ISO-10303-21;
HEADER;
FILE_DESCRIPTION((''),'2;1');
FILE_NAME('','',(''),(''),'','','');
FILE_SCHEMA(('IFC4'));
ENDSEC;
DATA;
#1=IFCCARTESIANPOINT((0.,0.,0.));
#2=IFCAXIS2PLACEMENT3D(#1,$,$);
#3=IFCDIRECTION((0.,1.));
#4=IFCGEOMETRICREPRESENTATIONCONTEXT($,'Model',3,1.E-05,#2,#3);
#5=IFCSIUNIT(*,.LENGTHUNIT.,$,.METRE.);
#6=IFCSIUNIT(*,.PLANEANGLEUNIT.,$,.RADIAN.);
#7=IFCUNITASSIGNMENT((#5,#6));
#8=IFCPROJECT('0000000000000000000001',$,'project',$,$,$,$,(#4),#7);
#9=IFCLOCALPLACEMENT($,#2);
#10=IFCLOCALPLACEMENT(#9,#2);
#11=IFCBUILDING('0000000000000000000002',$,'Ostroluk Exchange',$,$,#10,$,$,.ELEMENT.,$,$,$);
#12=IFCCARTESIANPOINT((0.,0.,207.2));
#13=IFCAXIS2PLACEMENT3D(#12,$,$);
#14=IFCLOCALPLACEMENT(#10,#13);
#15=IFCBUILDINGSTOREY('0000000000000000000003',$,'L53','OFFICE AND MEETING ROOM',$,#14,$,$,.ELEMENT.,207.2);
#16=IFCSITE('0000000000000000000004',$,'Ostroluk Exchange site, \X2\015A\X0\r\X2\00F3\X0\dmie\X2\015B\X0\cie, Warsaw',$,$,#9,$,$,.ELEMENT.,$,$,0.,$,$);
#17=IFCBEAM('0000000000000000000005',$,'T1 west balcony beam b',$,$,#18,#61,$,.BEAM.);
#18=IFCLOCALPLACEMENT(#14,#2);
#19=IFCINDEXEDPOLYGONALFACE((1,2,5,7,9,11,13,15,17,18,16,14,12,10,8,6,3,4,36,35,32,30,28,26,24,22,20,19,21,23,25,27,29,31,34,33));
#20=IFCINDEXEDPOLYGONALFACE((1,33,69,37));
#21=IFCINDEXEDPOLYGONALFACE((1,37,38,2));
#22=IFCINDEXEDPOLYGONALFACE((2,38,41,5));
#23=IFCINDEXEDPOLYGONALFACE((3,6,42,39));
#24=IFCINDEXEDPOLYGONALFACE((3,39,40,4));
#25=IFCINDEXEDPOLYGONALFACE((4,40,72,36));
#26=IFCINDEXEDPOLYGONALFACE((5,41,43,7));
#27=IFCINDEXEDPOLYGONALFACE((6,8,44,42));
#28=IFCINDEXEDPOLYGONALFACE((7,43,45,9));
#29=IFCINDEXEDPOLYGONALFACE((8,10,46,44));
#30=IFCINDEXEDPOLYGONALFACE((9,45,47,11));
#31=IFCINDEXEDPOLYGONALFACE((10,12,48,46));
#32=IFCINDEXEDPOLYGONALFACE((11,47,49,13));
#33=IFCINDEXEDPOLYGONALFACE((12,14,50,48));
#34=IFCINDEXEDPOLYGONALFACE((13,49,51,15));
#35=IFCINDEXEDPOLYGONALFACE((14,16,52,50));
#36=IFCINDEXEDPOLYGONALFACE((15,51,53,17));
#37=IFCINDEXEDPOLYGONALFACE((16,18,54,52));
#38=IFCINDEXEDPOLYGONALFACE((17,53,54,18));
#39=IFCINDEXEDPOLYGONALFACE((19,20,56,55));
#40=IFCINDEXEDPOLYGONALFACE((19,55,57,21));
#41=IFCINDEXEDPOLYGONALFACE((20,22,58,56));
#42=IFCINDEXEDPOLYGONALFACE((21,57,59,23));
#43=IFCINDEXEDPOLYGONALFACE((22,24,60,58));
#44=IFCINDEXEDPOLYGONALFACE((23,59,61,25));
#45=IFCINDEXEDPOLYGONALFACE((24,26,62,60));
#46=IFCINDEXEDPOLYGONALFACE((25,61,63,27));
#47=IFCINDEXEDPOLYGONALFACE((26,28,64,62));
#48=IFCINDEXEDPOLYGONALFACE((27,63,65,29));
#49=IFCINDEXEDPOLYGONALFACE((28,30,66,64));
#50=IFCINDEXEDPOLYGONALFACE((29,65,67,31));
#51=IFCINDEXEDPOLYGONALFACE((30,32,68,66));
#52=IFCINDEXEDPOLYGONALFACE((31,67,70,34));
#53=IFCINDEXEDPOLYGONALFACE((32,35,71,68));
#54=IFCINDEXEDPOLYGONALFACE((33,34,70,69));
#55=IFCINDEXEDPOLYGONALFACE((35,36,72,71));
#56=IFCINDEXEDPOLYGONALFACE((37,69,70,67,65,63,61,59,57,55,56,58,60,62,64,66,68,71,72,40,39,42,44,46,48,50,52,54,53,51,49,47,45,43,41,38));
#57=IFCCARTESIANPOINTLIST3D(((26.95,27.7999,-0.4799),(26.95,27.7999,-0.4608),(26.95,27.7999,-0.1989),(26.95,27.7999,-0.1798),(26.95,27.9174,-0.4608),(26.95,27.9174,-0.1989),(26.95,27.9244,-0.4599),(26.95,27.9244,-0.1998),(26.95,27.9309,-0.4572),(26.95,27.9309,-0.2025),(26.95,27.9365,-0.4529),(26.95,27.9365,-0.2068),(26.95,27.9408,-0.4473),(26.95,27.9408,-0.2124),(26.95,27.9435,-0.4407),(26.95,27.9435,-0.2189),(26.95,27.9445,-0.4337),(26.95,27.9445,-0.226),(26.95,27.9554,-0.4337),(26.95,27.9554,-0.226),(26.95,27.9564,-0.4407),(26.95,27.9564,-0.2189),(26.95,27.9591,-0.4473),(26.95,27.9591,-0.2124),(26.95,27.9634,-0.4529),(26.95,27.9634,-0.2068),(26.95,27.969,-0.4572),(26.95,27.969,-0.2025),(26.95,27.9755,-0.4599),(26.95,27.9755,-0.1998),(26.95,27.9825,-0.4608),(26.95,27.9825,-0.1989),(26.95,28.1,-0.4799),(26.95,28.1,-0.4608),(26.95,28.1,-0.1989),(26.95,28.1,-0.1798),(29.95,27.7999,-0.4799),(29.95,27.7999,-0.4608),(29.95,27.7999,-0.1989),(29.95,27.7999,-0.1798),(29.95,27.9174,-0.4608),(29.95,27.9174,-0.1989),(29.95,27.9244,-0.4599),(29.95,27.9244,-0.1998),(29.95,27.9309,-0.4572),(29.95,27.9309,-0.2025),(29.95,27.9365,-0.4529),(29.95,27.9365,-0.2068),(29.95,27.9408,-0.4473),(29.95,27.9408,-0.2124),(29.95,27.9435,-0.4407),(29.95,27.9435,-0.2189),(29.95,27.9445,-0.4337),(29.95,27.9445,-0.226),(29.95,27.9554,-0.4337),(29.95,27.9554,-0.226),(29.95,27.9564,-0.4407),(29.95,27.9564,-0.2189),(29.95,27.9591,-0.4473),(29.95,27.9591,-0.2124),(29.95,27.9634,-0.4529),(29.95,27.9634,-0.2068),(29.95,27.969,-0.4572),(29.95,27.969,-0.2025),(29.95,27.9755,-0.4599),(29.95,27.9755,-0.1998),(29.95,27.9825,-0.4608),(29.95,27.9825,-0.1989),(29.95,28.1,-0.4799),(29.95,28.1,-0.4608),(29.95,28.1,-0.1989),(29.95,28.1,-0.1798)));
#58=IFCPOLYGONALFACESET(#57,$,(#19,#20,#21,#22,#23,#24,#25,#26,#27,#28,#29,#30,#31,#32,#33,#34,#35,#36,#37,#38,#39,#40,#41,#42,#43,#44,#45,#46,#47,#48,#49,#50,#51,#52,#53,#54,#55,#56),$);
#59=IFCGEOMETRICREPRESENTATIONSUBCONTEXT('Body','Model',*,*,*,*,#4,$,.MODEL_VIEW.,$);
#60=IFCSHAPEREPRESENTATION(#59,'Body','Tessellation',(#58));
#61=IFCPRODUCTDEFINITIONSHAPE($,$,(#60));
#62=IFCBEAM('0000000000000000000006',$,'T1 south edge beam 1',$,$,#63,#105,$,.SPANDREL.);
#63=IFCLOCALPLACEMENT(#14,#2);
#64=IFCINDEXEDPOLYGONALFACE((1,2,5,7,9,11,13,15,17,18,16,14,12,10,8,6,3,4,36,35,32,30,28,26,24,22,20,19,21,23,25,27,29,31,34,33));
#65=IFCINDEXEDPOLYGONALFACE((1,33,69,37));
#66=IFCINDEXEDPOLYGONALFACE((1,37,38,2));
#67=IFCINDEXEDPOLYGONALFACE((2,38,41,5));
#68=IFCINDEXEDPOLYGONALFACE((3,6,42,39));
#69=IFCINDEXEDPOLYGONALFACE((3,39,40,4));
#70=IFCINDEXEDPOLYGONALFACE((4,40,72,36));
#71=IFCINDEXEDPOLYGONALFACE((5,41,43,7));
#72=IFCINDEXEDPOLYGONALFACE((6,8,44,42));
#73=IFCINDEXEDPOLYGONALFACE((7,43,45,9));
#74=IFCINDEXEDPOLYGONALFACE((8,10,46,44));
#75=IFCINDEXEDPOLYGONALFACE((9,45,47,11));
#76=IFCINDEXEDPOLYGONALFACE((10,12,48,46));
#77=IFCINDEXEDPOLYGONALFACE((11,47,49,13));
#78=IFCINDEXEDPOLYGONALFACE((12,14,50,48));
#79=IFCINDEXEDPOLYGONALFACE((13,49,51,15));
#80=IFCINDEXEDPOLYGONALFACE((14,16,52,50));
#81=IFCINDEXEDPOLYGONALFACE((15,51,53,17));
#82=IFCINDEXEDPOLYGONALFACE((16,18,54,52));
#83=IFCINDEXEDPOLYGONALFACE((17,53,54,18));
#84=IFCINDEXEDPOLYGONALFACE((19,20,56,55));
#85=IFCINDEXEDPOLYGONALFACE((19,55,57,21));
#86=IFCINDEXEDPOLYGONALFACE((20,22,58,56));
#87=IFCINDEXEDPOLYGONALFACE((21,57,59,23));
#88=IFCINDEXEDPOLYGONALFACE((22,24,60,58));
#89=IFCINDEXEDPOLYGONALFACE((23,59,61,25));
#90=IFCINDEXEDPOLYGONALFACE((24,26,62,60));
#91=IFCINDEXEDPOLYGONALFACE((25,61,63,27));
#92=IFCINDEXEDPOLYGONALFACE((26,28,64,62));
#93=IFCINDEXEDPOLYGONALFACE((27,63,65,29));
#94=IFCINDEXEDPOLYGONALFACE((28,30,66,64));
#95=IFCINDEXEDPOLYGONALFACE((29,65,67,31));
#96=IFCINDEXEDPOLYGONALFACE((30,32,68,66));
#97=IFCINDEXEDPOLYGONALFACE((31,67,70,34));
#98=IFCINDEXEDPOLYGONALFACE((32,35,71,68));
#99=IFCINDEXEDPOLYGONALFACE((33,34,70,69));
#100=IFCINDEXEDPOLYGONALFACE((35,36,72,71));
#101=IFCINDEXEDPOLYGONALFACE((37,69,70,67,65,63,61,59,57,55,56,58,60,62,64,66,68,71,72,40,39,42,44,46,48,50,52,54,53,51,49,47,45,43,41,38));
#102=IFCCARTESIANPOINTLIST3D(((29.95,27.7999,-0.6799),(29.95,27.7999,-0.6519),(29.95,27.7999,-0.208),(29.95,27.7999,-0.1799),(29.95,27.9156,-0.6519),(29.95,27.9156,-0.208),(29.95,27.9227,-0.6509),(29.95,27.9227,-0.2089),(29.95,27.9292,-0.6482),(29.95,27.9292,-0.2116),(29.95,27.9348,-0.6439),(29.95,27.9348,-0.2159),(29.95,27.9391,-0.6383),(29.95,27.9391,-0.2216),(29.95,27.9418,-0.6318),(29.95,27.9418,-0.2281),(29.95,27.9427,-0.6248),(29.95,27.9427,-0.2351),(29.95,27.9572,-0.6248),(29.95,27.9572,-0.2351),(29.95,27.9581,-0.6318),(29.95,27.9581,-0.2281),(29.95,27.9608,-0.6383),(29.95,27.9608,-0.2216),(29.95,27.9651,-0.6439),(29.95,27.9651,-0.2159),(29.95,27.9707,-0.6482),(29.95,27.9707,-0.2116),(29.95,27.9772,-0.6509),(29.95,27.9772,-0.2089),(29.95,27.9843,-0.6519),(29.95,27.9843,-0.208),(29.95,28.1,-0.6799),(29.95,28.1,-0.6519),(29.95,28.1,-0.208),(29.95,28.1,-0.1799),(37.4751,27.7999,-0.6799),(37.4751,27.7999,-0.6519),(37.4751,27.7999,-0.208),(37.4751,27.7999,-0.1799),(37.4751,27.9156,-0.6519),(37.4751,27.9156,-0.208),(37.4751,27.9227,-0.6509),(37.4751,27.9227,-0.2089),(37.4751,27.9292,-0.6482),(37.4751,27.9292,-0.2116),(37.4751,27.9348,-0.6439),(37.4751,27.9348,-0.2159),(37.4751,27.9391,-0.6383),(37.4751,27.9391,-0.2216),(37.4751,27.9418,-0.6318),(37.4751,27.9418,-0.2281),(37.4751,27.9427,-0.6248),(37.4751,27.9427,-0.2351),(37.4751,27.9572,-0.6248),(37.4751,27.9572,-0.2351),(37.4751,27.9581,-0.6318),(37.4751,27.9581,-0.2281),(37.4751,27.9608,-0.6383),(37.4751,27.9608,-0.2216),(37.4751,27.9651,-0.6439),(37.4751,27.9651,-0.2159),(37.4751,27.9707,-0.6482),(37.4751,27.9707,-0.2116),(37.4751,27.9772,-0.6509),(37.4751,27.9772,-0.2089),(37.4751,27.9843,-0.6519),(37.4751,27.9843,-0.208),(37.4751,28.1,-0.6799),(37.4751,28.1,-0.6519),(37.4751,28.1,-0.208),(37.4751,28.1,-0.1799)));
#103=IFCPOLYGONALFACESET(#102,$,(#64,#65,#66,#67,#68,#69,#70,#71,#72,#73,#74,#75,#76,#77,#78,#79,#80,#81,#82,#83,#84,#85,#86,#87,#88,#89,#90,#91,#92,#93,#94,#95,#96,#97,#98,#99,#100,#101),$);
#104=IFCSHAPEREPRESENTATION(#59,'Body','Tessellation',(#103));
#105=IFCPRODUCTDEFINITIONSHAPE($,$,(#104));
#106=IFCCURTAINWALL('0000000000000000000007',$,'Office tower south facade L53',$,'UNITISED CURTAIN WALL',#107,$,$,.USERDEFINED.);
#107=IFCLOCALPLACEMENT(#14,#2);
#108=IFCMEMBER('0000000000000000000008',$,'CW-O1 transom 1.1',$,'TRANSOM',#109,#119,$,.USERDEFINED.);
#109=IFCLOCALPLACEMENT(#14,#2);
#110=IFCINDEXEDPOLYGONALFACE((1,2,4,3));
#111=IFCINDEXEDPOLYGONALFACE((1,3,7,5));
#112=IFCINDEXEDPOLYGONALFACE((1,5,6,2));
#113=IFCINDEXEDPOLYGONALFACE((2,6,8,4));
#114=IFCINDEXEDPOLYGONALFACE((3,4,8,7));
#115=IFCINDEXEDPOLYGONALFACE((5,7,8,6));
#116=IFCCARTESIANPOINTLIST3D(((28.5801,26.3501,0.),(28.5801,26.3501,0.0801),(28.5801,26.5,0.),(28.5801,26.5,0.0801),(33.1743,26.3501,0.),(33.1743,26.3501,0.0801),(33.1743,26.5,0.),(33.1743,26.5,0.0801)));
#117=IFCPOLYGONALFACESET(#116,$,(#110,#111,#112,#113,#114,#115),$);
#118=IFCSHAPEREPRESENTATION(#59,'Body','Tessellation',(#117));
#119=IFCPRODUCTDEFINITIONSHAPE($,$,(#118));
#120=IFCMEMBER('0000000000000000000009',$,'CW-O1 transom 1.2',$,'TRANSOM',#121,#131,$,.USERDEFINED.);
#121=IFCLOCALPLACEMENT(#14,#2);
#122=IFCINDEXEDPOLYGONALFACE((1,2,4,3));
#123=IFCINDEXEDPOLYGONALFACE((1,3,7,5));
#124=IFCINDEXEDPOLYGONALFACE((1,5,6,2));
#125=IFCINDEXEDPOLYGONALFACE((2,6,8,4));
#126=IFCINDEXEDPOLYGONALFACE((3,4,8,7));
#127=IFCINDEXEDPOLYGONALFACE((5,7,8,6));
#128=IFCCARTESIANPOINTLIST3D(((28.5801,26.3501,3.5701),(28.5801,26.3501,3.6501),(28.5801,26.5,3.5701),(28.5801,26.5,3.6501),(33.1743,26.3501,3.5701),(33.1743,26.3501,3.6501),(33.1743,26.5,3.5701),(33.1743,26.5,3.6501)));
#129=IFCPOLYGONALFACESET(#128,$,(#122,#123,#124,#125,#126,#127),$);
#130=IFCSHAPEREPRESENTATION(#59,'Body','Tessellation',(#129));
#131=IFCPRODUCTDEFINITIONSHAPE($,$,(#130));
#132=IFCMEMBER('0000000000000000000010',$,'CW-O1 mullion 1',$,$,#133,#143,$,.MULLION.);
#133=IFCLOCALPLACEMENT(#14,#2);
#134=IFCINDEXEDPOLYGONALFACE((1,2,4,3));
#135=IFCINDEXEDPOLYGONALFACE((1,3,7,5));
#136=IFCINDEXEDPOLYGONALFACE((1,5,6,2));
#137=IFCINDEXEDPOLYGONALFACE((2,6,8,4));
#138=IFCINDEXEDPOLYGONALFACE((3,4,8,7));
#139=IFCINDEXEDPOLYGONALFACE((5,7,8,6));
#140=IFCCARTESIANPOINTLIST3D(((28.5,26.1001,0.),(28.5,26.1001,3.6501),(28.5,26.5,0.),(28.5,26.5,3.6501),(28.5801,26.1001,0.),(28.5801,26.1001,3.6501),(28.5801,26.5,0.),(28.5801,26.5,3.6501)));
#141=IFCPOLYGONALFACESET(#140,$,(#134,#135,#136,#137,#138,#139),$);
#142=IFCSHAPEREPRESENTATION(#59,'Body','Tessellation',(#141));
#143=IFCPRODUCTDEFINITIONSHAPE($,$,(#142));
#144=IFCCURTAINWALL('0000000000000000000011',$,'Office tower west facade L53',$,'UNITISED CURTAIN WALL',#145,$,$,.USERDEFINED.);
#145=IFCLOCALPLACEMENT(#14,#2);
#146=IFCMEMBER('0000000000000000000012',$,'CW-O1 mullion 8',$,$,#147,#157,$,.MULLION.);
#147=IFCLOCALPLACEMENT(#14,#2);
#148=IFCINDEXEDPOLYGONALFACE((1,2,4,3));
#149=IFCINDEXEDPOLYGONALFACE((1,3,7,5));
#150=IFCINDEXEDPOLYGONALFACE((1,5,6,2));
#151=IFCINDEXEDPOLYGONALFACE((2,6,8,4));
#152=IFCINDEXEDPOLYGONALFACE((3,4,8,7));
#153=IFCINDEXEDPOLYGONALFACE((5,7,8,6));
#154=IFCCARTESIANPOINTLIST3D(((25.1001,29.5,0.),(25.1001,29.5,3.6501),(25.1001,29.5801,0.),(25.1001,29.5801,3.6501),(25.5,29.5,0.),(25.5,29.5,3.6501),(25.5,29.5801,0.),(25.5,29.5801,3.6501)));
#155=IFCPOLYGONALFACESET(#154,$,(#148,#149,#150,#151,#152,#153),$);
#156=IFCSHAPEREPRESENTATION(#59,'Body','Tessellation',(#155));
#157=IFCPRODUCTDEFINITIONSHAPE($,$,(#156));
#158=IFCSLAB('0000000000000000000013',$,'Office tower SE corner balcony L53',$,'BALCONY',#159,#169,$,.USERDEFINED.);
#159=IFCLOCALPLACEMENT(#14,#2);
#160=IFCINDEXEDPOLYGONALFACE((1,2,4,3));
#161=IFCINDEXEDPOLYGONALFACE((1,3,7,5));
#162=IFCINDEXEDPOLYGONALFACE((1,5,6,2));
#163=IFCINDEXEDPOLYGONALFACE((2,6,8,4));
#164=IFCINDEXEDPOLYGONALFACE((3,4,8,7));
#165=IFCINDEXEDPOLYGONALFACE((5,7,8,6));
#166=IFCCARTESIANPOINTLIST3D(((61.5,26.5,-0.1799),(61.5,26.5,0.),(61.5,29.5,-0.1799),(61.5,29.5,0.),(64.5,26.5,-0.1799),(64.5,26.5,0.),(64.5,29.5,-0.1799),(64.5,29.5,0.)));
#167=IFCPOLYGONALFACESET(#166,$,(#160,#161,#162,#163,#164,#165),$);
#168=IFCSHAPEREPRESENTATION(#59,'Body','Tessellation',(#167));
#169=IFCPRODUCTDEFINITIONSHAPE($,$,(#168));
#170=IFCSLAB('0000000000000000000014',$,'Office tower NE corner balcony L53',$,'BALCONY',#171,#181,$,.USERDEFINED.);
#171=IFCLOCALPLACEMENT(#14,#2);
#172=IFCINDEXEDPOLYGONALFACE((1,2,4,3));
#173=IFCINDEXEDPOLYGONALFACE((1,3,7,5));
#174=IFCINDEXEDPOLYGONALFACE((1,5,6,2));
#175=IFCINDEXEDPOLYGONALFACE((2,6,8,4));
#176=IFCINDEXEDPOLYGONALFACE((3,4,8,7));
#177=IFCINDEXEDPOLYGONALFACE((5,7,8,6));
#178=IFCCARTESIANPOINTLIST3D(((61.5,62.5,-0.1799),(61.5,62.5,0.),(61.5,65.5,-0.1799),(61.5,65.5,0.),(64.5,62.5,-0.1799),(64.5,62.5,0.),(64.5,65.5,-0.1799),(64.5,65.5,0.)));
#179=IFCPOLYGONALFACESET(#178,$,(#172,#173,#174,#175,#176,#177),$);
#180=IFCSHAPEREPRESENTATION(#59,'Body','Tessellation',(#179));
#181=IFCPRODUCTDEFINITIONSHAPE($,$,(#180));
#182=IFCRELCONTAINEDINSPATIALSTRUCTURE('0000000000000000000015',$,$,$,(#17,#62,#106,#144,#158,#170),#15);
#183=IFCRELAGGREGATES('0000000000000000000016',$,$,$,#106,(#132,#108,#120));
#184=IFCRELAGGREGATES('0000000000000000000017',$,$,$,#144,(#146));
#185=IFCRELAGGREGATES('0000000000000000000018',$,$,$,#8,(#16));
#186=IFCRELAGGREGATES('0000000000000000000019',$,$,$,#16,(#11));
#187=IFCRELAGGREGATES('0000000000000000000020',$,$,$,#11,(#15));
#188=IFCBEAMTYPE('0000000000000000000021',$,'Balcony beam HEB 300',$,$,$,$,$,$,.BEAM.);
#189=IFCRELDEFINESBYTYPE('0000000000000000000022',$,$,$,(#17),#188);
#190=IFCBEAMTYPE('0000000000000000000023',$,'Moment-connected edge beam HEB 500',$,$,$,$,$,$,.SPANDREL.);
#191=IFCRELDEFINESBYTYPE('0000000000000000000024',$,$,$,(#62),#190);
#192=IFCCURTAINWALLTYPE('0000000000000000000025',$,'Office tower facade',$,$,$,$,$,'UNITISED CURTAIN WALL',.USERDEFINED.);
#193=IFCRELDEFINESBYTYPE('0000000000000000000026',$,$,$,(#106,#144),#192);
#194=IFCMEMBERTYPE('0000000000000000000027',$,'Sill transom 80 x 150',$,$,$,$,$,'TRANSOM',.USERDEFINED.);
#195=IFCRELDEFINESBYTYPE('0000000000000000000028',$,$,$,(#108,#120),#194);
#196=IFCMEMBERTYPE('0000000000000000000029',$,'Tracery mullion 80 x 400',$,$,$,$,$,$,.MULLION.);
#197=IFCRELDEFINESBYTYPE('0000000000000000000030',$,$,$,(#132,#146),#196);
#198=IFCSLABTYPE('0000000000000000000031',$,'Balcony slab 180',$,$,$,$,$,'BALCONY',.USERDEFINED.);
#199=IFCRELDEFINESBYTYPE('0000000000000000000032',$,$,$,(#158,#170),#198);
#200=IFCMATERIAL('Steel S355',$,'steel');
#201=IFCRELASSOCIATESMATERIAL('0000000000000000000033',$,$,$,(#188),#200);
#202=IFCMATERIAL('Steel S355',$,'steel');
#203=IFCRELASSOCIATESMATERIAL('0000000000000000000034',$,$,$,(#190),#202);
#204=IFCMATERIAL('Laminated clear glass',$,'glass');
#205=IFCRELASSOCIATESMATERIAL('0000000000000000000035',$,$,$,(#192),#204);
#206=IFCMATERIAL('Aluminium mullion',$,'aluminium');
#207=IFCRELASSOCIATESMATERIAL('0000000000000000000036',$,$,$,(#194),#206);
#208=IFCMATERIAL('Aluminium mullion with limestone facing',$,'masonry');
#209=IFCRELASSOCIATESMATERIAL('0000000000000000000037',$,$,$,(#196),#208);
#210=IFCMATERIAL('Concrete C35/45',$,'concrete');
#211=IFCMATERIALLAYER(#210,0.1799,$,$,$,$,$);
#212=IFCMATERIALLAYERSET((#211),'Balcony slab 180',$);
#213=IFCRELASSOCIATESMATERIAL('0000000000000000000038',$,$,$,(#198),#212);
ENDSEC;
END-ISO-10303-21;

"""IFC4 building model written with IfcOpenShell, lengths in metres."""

from ifc_helpers import new_model, si_unit, direction, frame, origin, origin_2d, place, context, subcontext, project, spatial, polyline, rectangle, i_section, outline, extrude, material, layer, layer_set, material_profile, profile_set, type_object, element, aggregate, save


model = new_model("IFC4")

# Units and contexts
model_context = context("Model", 3, precision=1e-05, world=origin(), true_north=direction((0.0, 1.0)))
body_context = subcontext(model_context, "Body", "Model", "MODEL_VIEW")
ifc_project = project(units=[si_unit("LENGTHUNIT", "METRE"), si_unit("PLANEANGLEUNIT", "RADIAN")], contexts=[model_context])

# Site, building, storey
site_placement = place(None, origin())
site = spatial("IfcSite", under=ifc_project, at=site_placement, Name="Ostroluk Exchange site, Śródmieście, Warsaw", CompositionType="ELEMENT", RefElevation=0.0)
building_placement = place(site_placement, origin())
building = spatial("IfcBuilding", under=site, at=building_placement, Name="Ostroluk Exchange", CompositionType="ELEMENT")
storey_placement = place(building_placement, frame((0.0, 0.0, 207.2)))
storey = spatial("IfcBuildingStorey", under=building, at=storey_placement, Name="L53", Description="OFFICE AND MEETING ROOM", CompositionType="ELEMENT", Elevation=207.2)

# Beams
ifc_material_1 = material(Name="Steel S355", Category="steel")
ifc_material_profile_1 = material_profile(ifc_material_1, i_section(OverallWidth=0.3, OverallDepth=0.3, WebThickness=0.011, FlangeThickness=0.019, FilletRadius=0.0271, at=origin_2d()), Name="HEB 300")
ifc_profile_set_1 = profile_set([ifc_material_profile_1], Name="Steel S355")
beam_type_1 = type_object("IfcBeamType", Name="Balcony beam HEB 300", PredefinedType="BEAM", material=ifc_profile_set_1)
for number, where, z_axis, x_axis, name in (
    (1, (29.95, 27.95, -0.3298), (-1.0, 0.0, 0.0), (0.0, -1.0, 0.0), "T1 west balcony beam b"),
):
    element("IfcBeam", number, at=place(storey_placement, frame(where, z_axis=z_axis, x_axis=x_axis)), inside=storey, type_object=beam_type_1, Name=name, PredefinedType="BEAM", context=body_context, shape_type="SweptSolid", body=[
        extrude(i_section(OverallWidth=0.3, OverallDepth=0.3, WebThickness=0.011, FlangeThickness=0.019, FilletRadius=0.0271, at=origin_2d()), origin(), (0.0, 0.0, 1.0), 3.0),
    ])
ifc_material_2 = material(Name="Steel S355", Category="steel")
ifc_material_profile_2 = material_profile(ifc_material_2, i_section(OverallWidth=0.3, OverallDepth=0.5, WebThickness=0.0144, FlangeThickness=0.0281, FilletRadius=0.0271, at=origin_2d()), Name="HEB 500")
ifc_profile_set_2 = profile_set([ifc_material_profile_2], Name="Steel S355")
beam_type_2 = type_object("IfcBeamType", Name="Moment-connected edge beam HEB 500", PredefinedType="SPANDREL", material=ifc_profile_set_2)
beam_placement = place(storey_placement, frame((29.95, 27.95, -0.4299), z_axis=(1.0, 0.0, 0.0), x_axis=(0.0, 1.0, 0.0)))
element("IfcBeam", 2, at=beam_placement, inside=storey, type_object=beam_type_2, Name="T1 south edge beam 1", PredefinedType="SPANDREL", context=body_context, shape_type="SweptSolid", body=[
    extrude(i_section(OverallWidth=0.3, OverallDepth=0.5, WebThickness=0.0144, FlangeThickness=0.0281, FilletRadius=0.0271, at=origin_2d()), origin(), (0.0, 0.0, 1.0), 7.5251),
])

# Curtain wall, members
ifc_material_3 = material(Name="Laminated clear glass", Category="glass")
curtain_wall_type = type_object("IfcCurtainWallType", Name="Office tower facade", ElementType="UNITISED CURTAIN WALL", PredefinedType="USERDEFINED", material=ifc_material_3)
curtain_wall_1_placement = place(storey_placement, origin())
curtain_wall_1 = element("IfcCurtainWall", 3, at=curtain_wall_1_placement, inside=storey, type_object=curtain_wall_type, Name="Office tower south facade L53", ObjectType="UNITISED CURTAIN WALL", PredefinedType="USERDEFINED")
ifc_material_4 = material(Name="Aluminium mullion", Category="aluminium")
ifc_material_profile_3 = material_profile(ifc_material_4, rectangle(XDim=0.1499, YDim=0.0801, at=origin_2d()), Name="Sill transom 80 x 150")
ifc_profile_set_3 = profile_set([ifc_material_profile_3], Name="Aluminium mullion")
member_type_1 = type_object("IfcMemberType", Name="Sill transom 80 x 150", ElementType="TRANSOM", PredefinedType="USERDEFINED", material=ifc_profile_set_3)
member_1_placement = place(storey_placement, frame((28.5801, 26.425, 0.04), z_axis=(1.0, 0.0, 0.0), x_axis=(0.0, 1.0, 0.0)))
member_1 = element("IfcMember", 4, at=member_1_placement, type_object=member_type_1, Name="CW-O1 transom 1.1", ObjectType="TRANSOM", PredefinedType="USERDEFINED", context=body_context, shape_type="SweptSolid", body=[
    extrude(rectangle(XDim=0.1499, YDim=0.0801, at=origin_2d()), origin(), (0.0, 0.0, 1.0), 4.5942),
])
member_2_placement = place(storey_placement, frame((28.5801, 26.425, 3.6101), z_axis=(1.0, 0.0, 0.0), x_axis=(0.0, 1.0, 0.0)))
member_2 = element("IfcMember", 5, at=member_2_placement, type_object=member_type_1, Name="CW-O1 transom 1.2", ObjectType="TRANSOM", PredefinedType="USERDEFINED", context=body_context, shape_type="SweptSolid", body=[
    extrude(rectangle(XDim=0.1499, YDim=0.0801, at=origin_2d()), origin(), (0.0, 0.0, 1.0), 4.5942),
])
ifc_material_5 = material(Name="Aluminium mullion with limestone facing", Category="masonry")
ifc_material_profile_4 = material_profile(ifc_material_5, rectangle(XDim=0.3999, YDim=0.0801, at=origin_2d()), Name="Tracery mullion 80 x 400")
ifc_profile_set_4 = profile_set([ifc_material_profile_4], Name="Aluminium mullion with limestone facing")
member_type_2 = type_object("IfcMemberType", Name="Tracery mullion 80 x 400", PredefinedType="MULLION", material=ifc_profile_set_4)
member_3_placement = place(storey_placement, frame((28.54, 26.3, 0.0), z_axis=(0.0, 0.0, 1.0), x_axis=(0.0, 1.0, 0.0)))
member_3 = element("IfcMember", 6, at=member_3_placement, type_object=member_type_2, Name="CW-O1 mullion 1", PredefinedType="MULLION", context=body_context, shape_type="SweptSolid", body=[
    extrude(rectangle(XDim=0.3999, YDim=0.0801, at=origin_2d()), origin(), (0.0, 0.0, 1.0), 3.6501),
])
aggregate(curtain_wall_1, [member_3, member_1, member_2])

# Curtain wall, member
curtain_wall_2_placement = place(storey_placement, origin())
curtain_wall_2 = element("IfcCurtainWall", 7, at=curtain_wall_2_placement, inside=storey, type_object=curtain_wall_type, Name="Office tower west facade L53", ObjectType="UNITISED CURTAIN WALL", PredefinedType="USERDEFINED")
member_4_placement = place(storey_placement, frame((25.3, 29.54, 0.0), z_axis=(0.0, 0.0, 1.0), x_axis=(1.0, 0.0, 0.0)))
member_4 = element("IfcMember", 8, at=member_4_placement, type_object=member_type_2, Name="CW-O1 mullion 8", PredefinedType="MULLION", context=body_context, shape_type="SweptSolid", body=[
    extrude(rectangle(XDim=0.3999, YDim=0.0801, at=origin_2d()), origin(), (0.0, 0.0, 1.0), 3.6501),
])

# Slabs
ifc_material_6 = material(Name="Concrete C35/45", Category="concrete")
ifc_layer_1 = layer(ifc_material_6, 0.1799)
ifc_layer_set_1 = layer_set([ifc_layer_1], Name="Balcony slab 180")
slab_type_1 = type_object("IfcSlabType", Name="Balcony slab 180", ElementType="BALCONY", PredefinedType="USERDEFINED", material=ifc_layer_set_1)
slab_1_placement = place(storey_placement, frame((0.0, 0.0, -0.1799)))
element("IfcSlab", 9, at=slab_1_placement, inside=storey, type_object=slab_type_1, Name="Office tower SE corner balcony L53", ObjectType="BALCONY", PredefinedType="USERDEFINED", context=body_context, shape_type="SweptSolid", body=[
    extrude(outline(polyline([(61.5, 26.5), (64.5, 26.5), (64.5, 29.5), (61.5, 29.5), (61.5, 26.5)])), origin(), (0.0, 0.0, 1.0), 0.1799),
])
slab_2_placement = place(storey_placement, frame((0.0, 0.0, -0.1799)))
element("IfcSlab", 10, at=slab_2_placement, inside=storey, type_object=slab_type_1, Name="Office tower NE corner balcony L53", ObjectType="BALCONY", PredefinedType="USERDEFINED", context=body_context, shape_type="SweptSolid", body=[
    extrude(outline(polyline([(61.5, 62.5), (64.5, 62.5), (64.5, 65.5), (61.5, 65.5), (61.5, 62.5)])), origin(), (0.0, 0.0, 1.0), 0.1799),
])

aggregate(curtain_wall_2, [member_4])

save(model, "model.ifc")
